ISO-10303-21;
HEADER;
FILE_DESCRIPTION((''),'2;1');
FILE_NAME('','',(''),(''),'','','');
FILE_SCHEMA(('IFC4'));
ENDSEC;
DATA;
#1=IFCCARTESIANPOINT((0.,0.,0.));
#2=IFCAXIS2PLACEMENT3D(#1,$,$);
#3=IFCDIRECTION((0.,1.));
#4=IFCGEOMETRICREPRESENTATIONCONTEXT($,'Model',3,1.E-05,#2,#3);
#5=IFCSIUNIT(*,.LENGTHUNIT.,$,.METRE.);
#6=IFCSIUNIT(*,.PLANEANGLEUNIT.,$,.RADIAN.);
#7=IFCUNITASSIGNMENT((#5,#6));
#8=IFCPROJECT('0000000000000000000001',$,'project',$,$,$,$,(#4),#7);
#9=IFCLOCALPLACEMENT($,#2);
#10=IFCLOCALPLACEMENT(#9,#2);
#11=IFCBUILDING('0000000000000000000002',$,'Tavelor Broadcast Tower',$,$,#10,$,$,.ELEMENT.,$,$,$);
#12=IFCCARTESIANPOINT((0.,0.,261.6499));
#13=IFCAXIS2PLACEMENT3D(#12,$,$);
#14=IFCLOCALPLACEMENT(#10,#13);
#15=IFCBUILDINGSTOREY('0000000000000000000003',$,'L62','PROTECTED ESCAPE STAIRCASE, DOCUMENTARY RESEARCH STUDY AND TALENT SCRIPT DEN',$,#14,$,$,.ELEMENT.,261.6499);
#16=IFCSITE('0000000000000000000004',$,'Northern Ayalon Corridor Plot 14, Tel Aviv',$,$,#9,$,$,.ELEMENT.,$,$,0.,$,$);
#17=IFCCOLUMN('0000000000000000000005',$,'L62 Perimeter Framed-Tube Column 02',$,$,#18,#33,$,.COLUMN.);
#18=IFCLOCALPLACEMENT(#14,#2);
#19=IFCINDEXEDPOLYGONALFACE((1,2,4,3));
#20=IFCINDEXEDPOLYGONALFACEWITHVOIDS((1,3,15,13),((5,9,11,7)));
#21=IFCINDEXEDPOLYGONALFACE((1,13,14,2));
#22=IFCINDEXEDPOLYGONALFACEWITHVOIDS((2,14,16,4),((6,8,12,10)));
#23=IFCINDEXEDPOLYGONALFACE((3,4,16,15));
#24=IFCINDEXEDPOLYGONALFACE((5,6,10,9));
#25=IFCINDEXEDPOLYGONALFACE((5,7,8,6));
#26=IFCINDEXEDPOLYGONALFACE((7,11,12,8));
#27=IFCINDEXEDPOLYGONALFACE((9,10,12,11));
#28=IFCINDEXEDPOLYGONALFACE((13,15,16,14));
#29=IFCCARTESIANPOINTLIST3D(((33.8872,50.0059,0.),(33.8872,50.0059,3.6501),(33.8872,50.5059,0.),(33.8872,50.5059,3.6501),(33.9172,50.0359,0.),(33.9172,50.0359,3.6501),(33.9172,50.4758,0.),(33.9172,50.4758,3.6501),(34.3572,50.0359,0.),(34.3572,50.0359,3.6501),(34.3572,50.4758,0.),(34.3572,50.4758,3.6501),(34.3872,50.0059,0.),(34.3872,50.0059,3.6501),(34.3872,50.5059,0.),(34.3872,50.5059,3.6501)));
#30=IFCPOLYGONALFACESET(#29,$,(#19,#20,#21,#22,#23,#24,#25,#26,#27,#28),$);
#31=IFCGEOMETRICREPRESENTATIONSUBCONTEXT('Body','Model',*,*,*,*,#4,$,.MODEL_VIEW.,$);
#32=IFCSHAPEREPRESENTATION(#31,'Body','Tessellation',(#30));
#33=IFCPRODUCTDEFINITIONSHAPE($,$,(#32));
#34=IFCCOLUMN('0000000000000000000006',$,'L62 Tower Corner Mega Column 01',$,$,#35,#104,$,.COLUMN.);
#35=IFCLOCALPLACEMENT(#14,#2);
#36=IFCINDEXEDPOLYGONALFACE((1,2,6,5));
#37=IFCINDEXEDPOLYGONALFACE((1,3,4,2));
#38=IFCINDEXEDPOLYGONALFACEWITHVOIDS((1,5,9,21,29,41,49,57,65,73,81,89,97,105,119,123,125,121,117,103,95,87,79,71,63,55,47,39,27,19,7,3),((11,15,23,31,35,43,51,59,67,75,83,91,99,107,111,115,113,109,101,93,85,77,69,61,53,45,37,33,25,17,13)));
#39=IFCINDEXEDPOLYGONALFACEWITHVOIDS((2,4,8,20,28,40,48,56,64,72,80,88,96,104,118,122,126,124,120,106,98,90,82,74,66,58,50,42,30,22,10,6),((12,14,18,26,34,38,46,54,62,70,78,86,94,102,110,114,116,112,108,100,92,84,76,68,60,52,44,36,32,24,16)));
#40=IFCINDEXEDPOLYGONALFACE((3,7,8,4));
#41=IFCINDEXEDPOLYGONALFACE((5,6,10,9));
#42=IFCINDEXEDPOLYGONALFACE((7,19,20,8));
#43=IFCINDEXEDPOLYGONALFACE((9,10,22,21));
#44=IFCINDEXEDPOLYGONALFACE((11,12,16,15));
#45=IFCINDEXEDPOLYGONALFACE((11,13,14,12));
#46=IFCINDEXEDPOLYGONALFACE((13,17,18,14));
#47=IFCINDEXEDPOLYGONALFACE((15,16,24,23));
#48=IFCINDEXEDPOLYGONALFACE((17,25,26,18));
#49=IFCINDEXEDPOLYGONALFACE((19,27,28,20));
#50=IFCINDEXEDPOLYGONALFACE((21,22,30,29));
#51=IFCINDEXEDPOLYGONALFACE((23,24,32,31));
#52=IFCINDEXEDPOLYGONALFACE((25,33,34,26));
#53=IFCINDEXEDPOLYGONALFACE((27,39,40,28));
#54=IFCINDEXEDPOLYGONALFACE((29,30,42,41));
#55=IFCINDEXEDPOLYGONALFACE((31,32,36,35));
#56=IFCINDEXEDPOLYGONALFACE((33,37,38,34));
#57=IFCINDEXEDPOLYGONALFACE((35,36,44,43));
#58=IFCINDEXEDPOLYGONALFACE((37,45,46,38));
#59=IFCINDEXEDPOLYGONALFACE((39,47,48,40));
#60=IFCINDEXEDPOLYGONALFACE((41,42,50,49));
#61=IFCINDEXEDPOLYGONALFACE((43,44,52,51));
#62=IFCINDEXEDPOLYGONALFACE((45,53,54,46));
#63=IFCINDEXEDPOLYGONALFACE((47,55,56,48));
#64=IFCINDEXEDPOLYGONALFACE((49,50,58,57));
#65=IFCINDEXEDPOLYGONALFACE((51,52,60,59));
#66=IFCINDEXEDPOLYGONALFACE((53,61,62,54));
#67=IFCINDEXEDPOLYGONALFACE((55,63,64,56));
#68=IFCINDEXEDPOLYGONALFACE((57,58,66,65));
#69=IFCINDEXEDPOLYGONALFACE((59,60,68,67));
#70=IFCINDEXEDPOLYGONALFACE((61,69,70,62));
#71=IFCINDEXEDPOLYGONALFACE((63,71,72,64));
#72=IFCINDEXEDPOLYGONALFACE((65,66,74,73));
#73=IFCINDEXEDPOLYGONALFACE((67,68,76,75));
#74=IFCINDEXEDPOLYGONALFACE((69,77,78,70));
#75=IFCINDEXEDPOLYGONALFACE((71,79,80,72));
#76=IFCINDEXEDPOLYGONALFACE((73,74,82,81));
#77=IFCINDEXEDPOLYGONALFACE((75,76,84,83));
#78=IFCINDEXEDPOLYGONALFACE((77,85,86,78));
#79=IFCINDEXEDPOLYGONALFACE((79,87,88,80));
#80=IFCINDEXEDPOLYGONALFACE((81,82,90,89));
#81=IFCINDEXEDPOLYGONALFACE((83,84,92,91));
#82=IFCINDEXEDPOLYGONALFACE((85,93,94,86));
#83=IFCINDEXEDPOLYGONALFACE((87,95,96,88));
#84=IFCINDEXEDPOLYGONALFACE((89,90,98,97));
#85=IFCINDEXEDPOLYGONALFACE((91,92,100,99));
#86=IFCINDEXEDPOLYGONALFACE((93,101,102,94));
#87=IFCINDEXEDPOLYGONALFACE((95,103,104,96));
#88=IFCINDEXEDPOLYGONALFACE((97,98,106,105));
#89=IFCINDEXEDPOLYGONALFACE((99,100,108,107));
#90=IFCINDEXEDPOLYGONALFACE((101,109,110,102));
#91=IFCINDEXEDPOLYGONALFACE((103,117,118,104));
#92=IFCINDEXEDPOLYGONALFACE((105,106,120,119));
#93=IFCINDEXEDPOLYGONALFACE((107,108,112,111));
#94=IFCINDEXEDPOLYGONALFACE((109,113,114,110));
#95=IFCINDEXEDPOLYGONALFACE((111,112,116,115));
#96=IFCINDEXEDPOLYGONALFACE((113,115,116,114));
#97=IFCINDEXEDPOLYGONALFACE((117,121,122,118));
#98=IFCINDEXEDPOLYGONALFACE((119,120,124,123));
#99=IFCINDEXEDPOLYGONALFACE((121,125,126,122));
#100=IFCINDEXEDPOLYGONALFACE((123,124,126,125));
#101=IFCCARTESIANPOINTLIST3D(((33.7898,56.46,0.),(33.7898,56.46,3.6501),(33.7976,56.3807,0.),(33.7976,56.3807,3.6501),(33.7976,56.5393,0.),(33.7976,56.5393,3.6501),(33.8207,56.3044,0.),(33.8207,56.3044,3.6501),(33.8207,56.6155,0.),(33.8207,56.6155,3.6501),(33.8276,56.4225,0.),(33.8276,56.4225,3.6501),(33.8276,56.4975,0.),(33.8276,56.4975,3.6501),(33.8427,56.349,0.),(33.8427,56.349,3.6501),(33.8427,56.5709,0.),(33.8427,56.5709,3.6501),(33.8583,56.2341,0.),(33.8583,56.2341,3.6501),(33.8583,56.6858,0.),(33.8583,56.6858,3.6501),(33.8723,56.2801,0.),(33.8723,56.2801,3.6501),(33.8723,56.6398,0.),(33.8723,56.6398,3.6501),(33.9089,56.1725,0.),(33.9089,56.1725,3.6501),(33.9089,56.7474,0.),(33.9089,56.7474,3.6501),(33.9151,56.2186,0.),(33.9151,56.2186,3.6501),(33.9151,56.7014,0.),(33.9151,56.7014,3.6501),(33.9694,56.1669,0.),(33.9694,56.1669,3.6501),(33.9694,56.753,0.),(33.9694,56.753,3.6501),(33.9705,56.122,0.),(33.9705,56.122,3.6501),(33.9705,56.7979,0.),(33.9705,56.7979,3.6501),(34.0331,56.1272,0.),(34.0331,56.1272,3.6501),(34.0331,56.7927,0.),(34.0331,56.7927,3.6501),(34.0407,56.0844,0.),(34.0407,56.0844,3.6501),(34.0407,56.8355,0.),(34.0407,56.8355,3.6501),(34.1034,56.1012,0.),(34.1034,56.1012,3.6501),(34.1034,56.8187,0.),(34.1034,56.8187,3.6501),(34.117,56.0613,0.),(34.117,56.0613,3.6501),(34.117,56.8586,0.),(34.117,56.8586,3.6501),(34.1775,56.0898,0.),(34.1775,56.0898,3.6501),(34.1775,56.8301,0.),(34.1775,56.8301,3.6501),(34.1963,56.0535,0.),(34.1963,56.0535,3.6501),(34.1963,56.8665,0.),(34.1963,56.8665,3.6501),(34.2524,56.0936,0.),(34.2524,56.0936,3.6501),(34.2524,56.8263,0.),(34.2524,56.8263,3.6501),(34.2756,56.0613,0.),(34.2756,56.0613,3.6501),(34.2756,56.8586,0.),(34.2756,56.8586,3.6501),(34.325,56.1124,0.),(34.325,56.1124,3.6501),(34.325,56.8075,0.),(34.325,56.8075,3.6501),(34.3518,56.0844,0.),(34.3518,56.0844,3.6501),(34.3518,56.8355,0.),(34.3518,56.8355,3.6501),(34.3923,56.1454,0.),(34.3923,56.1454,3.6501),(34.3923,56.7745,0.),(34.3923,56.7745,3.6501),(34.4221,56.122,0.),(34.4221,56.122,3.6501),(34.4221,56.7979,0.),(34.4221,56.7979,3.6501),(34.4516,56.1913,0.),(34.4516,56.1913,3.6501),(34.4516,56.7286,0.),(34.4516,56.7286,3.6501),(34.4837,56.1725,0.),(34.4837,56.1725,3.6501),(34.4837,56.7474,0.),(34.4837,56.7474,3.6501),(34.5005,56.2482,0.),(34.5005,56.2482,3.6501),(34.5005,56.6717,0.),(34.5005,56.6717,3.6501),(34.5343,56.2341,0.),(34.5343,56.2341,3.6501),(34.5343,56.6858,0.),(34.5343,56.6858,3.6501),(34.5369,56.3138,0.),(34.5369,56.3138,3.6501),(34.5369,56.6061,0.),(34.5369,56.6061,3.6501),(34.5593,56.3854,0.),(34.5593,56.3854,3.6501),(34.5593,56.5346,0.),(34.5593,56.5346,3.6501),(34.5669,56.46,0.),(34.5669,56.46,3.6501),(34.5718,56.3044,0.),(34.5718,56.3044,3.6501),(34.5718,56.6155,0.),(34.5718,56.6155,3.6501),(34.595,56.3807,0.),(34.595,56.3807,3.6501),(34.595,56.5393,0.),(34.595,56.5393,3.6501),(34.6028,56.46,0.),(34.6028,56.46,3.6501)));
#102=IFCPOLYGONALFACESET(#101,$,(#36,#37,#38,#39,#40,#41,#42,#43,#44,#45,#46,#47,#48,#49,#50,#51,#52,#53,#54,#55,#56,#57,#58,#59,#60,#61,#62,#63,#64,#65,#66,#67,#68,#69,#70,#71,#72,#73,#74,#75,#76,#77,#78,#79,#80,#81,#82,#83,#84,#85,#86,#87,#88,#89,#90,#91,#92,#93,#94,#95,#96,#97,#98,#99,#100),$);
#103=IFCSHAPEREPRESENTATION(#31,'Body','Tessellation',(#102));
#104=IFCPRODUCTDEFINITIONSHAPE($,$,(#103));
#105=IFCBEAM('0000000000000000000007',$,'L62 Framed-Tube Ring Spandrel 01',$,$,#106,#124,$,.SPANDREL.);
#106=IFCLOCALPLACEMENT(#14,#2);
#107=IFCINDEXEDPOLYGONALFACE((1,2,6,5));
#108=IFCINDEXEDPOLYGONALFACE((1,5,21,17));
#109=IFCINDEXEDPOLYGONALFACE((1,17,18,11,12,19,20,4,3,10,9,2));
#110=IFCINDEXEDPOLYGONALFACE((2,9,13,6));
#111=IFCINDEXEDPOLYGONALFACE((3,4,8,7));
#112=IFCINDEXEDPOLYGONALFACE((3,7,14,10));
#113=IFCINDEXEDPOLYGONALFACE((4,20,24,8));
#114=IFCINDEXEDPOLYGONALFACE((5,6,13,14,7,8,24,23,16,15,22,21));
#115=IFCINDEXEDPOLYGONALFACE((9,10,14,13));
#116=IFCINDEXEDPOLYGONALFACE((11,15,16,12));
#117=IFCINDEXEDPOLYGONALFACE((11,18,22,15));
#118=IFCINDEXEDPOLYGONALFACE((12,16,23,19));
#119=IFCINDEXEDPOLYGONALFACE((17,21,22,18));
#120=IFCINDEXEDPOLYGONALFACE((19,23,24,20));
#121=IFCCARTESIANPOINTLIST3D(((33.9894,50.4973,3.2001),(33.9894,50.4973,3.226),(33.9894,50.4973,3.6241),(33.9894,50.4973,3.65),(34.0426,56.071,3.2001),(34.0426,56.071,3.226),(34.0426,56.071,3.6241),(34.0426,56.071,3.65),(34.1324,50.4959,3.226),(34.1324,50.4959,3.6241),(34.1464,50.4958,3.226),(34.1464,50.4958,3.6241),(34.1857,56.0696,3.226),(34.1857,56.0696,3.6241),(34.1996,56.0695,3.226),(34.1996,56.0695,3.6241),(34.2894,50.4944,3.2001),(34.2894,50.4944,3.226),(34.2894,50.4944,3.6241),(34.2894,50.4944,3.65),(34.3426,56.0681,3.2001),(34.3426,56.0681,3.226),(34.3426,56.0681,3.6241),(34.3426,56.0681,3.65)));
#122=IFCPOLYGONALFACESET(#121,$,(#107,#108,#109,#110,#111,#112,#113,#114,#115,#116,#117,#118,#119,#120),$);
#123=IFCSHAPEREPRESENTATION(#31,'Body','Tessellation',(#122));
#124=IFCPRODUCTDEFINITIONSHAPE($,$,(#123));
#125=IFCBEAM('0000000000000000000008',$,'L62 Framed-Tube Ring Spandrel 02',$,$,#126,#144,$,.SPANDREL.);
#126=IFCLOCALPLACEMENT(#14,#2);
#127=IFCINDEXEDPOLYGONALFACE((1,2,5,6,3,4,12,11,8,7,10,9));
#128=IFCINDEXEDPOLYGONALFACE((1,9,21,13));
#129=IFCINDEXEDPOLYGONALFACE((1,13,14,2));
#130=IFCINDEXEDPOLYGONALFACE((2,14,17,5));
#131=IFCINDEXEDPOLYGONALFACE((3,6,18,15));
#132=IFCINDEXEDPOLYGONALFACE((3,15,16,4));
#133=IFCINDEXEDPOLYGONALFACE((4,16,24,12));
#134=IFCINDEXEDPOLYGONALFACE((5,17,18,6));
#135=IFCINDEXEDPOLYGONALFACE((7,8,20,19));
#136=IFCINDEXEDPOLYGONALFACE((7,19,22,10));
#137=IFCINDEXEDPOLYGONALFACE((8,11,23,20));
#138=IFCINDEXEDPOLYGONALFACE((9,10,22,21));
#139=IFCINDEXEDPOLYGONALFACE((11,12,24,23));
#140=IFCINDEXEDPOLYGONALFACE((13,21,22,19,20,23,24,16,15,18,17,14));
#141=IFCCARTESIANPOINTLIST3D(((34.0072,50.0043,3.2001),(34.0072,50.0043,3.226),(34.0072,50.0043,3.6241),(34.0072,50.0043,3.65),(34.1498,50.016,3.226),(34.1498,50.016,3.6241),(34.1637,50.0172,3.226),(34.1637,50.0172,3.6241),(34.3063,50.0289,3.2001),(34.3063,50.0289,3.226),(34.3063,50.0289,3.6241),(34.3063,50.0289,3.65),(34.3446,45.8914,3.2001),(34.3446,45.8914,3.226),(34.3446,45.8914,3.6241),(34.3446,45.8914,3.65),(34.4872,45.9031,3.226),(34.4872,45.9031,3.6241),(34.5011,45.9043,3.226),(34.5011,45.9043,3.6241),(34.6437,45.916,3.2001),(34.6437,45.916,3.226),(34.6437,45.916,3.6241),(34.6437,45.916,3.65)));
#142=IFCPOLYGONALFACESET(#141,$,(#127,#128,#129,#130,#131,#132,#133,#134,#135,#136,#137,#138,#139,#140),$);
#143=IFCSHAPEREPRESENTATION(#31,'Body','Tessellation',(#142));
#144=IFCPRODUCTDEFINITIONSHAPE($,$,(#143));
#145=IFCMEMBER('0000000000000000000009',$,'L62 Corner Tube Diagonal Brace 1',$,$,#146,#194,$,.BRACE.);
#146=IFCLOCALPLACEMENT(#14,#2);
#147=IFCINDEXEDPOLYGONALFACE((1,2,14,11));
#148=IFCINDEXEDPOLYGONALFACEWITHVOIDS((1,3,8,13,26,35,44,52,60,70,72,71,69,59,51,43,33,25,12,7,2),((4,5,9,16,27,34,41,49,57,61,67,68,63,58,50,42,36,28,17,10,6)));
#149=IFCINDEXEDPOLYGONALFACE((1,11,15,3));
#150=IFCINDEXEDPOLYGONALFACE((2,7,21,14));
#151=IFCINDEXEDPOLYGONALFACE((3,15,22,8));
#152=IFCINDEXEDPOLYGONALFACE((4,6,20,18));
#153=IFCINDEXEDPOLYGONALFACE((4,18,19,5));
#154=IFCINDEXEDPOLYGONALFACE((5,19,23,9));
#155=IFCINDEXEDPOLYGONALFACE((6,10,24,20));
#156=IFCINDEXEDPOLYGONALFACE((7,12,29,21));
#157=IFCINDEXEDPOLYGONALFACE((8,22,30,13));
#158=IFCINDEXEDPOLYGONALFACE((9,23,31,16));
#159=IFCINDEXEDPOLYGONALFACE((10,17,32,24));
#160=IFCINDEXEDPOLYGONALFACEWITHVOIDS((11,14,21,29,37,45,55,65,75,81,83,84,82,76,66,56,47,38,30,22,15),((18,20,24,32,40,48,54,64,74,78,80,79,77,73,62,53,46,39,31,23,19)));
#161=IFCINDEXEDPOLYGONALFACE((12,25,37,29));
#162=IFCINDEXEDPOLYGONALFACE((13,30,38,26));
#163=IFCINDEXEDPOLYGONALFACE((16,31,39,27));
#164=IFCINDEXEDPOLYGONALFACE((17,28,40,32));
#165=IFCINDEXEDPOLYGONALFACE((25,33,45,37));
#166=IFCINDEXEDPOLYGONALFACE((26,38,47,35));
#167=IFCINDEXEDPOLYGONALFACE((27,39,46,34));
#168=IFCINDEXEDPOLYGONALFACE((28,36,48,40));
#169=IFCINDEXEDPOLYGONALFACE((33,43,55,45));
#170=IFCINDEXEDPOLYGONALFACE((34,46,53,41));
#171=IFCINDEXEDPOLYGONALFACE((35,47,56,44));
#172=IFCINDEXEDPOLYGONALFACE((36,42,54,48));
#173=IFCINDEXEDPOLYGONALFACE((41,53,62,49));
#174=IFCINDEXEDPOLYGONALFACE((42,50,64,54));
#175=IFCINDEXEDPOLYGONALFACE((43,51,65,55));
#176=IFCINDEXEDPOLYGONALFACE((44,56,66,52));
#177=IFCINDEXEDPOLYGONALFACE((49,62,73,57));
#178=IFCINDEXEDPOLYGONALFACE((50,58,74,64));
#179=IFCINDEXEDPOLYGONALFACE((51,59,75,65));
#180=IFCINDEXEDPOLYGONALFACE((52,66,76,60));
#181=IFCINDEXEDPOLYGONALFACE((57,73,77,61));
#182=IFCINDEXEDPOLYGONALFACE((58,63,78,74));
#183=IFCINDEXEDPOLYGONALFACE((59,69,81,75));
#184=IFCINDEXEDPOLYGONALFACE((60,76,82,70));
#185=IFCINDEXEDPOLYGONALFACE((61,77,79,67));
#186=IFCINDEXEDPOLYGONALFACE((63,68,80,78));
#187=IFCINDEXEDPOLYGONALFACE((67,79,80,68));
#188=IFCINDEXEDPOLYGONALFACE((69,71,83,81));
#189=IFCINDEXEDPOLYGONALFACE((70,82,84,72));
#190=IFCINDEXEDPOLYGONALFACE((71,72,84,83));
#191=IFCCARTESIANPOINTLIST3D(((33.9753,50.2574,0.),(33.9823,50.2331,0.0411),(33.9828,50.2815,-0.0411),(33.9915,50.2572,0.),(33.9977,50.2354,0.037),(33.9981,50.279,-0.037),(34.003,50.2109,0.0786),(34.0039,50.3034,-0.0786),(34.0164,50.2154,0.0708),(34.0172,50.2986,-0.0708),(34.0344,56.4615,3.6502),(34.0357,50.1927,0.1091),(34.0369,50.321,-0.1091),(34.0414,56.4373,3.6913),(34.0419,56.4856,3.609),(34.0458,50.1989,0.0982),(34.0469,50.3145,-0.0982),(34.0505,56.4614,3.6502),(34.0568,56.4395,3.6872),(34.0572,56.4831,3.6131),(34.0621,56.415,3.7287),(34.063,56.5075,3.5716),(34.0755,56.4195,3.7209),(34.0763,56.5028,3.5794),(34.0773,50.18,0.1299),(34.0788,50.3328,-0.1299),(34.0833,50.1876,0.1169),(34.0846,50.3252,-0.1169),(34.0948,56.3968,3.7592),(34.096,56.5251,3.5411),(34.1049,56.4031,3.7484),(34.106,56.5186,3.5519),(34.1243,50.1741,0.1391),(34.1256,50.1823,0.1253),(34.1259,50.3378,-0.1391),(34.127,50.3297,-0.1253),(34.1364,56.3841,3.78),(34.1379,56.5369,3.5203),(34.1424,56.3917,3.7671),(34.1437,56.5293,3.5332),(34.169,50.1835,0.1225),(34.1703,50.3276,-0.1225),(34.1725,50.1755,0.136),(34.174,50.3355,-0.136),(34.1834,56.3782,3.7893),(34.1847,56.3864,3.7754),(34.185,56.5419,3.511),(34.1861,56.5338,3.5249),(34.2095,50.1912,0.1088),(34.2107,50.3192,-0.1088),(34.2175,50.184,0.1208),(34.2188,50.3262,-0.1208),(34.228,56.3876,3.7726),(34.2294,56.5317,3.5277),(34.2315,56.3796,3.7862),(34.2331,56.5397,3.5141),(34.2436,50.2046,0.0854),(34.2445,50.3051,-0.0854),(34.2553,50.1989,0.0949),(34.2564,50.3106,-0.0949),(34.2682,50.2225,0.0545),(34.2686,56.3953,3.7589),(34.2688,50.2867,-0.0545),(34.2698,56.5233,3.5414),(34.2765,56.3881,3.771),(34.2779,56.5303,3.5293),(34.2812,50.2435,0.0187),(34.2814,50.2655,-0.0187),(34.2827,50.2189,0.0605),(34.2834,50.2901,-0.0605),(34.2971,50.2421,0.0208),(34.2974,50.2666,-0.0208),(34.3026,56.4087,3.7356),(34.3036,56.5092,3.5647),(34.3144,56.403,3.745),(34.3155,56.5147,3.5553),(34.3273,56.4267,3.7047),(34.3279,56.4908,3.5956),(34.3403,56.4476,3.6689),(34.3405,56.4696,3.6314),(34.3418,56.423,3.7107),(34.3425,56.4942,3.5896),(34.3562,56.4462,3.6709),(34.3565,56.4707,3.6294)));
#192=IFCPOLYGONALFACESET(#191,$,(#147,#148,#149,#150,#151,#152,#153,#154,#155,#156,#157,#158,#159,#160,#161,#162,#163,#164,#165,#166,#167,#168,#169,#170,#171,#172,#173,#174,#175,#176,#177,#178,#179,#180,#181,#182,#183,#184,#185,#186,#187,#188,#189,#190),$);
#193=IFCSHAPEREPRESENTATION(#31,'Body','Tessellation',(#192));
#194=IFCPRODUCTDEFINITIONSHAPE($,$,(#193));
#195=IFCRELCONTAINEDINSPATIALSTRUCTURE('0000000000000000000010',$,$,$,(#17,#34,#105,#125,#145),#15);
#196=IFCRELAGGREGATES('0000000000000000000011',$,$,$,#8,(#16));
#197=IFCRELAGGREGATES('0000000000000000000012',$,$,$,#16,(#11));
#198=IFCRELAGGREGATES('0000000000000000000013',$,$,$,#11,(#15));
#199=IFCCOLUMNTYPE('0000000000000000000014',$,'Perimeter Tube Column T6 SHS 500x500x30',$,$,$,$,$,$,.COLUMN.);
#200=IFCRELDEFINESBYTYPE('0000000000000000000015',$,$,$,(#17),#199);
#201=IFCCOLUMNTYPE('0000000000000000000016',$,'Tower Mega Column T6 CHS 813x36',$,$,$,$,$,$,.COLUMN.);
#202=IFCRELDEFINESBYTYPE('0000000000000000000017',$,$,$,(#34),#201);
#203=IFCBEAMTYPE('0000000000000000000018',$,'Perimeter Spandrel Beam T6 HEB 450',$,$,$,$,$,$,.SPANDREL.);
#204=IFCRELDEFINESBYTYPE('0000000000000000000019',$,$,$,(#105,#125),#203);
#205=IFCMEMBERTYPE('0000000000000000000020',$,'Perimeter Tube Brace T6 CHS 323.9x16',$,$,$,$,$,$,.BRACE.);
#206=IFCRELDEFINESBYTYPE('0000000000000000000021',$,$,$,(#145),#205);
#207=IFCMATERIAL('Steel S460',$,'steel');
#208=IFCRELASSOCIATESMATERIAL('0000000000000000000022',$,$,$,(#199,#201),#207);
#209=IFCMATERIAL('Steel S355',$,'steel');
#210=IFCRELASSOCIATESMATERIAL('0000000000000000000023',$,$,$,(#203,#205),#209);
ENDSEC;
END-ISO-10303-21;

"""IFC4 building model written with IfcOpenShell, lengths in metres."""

from ifc_helpers import new_model, si_unit, direction, frame, origin, origin_2d, place, context, subcontext, project, spatial, hollow_rectangle, hollow_circle, i_section, extrude, material, material_profile, profile_set, type_object, element, save


model = new_model("IFC4")

# Units and contexts
model_context = context("Model", 3, precision=1e-05, world=origin(), true_north=direction((0.0, 1.0)))
body_context = subcontext(model_context, "Body", "Model", "MODEL_VIEW")
ifc_project = project(units=[si_unit("LENGTHUNIT", "METRE"), si_unit("PLANEANGLEUNIT", "RADIAN")], contexts=[model_context])

# Site, building, storey
site_placement = place(None, origin())
site = spatial("IfcSite", under=ifc_project, at=site_placement, Name="Northern Ayalon Corridor Plot 14, Tel Aviv", CompositionType="ELEMENT", RefElevation=0.0)
building_placement = place(site_placement, origin())
building = spatial("IfcBuilding", under=site, at=building_placement, Name="Tavelor Broadcast Tower", CompositionType="ELEMENT")
storey_placement = place(building_placement, frame((0.0, 0.0, 261.6499)))
storey = spatial("IfcBuildingStorey", under=building, at=storey_placement, Name="L62", Description="PROTECTED ESCAPE STAIRCASE, DOCUMENTARY RESEARCH STUDY AND TALENT SCRIPT DEN", CompositionType="ELEMENT", Elevation=261.6499)

# Columns
ifc_material_1 = material(Name="Steel S460", Category="steel")
ifc_material_profile_1 = material_profile(ifc_material_1, hollow_rectangle(XDim=0.5, YDim=0.5, WallThickness=0.03, at=origin_2d()), Name="SHS 500x500x30")
ifc_profile_set_1 = profile_set([ifc_material_profile_1], Name="Steel S460")
column_type_1 = type_object("IfcColumnType", Name="Perimeter Tube Column T6 SHS 500x500x30", PredefinedType="COLUMN", material=ifc_profile_set_1)
column_1_placement = place(storey_placement, frame((34.1372, 50.2559, 0.0), z_axis=(0.0, 0.0, 1.0), x_axis=(1.0, 0.0, 0.0)))
element("IfcColumn", 1, at=column_1_placement, inside=storey, type_object=column_type_1, Name="L62 Perimeter Framed-Tube Column 02", PredefinedType="COLUMN", context=body_context, shape_type="SweptSolid", body=[
    extrude(hollow_rectangle(XDim=0.5, YDim=0.5, WallThickness=0.03, at=origin_2d()), origin(), (0.0, 0.0, 1.0), 3.6501),
])
ifc_material_profile_2 = material_profile(ifc_material_1, hollow_circle(Radius=0.4065, WallThickness=0.0359, at=origin_2d()), Name="CHS 813x36")
ifc_profile_set_2 = profile_set([ifc_material_profile_2], Name="Steel S460")
column_type_2 = type_object("IfcColumnType", Name="Tower Mega Column T6 CHS 813x36", PredefinedType="COLUMN", material=ifc_profile_set_2)
column_2_placement = place(storey_placement, frame((34.1963, 56.46, 0.0), z_axis=(0.0, 0.0, 1.0), x_axis=(1.0, 0.0, 0.0)))
element("IfcColumn", 2, at=column_2_placement, inside=storey, type_object=column_type_2, Name="L62 Tower Corner Mega Column 01", PredefinedType="COLUMN", context=body_context, shape_type="SweptSolid", body=[
    extrude(hollow_circle(Radius=0.4065, WallThickness=0.0359, at=origin_2d()), origin(), (0.0, 0.0, 1.0), 3.6501),
])

# Beams
ifc_material_2 = material(Name="Steel S355", Category="steel")
ifc_material_profile_3 = material_profile(ifc_material_2, i_section(OverallWidth=0.3, OverallDepth=0.45, WebThickness=0.0139, FlangeThickness=0.0259, at=origin_2d()), Name="HEB 450")
ifc_profile_set_3 = profile_set([ifc_material_profile_3], Name="Steel S355")
beam_type = type_object("IfcBeamType", Name="Perimeter Spandrel Beam T6 HEB 450", PredefinedType="SPANDREL", material=ifc_profile_set_3)
beam_1_placement = place(storey_placement, frame((34.1926, 56.0696, 3.425), z_axis=(-0.009548, -0.999954, 0.0), x_axis=(0.999954, -0.009548, 0.0)))
element("IfcBeam", 3, at=beam_1_placement, inside=storey, type_object=beam_type, Name="L62 Framed-Tube Ring Spandrel 01", PredefinedType="SPANDREL", context=body_context, shape_type="SweptSolid", body=[
    extrude(i_section(OverallWidth=0.3, OverallDepth=0.45, WebThickness=0.0139, FlangeThickness=0.0259, at=origin_2d()), origin(), (0.0, 0.0, 1.0), 5.574),
])
beam_2_placement = place(storey_placement, frame((34.1567, 50.0166, 3.425), z_axis=(0.081763, -0.996652, 0.0), x_axis=(0.996652, 0.081763, 0.0)))
element("IfcBeam", 4, at=beam_2_placement, inside=storey, type_object=beam_type, Name="L62 Framed-Tube Ring Spandrel 02", PredefinedType="SPANDREL", context=body_context, shape_type="SweptSolid", body=[
    extrude(i_section(OverallWidth=0.3, OverallDepth=0.45, WebThickness=0.0139, FlangeThickness=0.0259, at=origin_2d()), origin(), (0.0, 0.0, 1.0), 4.1267),
])

# Member
ifc_material_profile_4 = material_profile(ifc_material_2, hollow_circle(Radius=0.1619, WallThickness=0.0161, at=origin_2d()), Name="CHS 323.9x16")
ifc_profile_set_4 = profile_set([ifc_material_profile_4], Name="Steel S355")
member_type_1 = type_object("IfcMemberType", Name="Perimeter Tube Brace T6 CHS 323.9x16", PredefinedType="BRACE", material=ifc_profile_set_4)
member_1_placement = place(storey_placement, frame((34.1372, 50.2559, 0.0), z_axis=(0.008208, 0.861864, 0.507073), x_axis=(-0.999955, 0.009523, 0.0)))
element("IfcMember", 5, at=member_1_placement, inside=storey, type_object=member_type_1, Name="L62 Corner Tube Diagonal Brace 1", PredefinedType="BRACE", context=body_context, shape_type="SweptSolid", body=[
    extrude(hollow_circle(Radius=0.1619, WallThickness=0.0161, at=origin_2d()), origin(), (0.0, 0.0, 1.0), 7.1985),
])

save(model, "model.ifc")
